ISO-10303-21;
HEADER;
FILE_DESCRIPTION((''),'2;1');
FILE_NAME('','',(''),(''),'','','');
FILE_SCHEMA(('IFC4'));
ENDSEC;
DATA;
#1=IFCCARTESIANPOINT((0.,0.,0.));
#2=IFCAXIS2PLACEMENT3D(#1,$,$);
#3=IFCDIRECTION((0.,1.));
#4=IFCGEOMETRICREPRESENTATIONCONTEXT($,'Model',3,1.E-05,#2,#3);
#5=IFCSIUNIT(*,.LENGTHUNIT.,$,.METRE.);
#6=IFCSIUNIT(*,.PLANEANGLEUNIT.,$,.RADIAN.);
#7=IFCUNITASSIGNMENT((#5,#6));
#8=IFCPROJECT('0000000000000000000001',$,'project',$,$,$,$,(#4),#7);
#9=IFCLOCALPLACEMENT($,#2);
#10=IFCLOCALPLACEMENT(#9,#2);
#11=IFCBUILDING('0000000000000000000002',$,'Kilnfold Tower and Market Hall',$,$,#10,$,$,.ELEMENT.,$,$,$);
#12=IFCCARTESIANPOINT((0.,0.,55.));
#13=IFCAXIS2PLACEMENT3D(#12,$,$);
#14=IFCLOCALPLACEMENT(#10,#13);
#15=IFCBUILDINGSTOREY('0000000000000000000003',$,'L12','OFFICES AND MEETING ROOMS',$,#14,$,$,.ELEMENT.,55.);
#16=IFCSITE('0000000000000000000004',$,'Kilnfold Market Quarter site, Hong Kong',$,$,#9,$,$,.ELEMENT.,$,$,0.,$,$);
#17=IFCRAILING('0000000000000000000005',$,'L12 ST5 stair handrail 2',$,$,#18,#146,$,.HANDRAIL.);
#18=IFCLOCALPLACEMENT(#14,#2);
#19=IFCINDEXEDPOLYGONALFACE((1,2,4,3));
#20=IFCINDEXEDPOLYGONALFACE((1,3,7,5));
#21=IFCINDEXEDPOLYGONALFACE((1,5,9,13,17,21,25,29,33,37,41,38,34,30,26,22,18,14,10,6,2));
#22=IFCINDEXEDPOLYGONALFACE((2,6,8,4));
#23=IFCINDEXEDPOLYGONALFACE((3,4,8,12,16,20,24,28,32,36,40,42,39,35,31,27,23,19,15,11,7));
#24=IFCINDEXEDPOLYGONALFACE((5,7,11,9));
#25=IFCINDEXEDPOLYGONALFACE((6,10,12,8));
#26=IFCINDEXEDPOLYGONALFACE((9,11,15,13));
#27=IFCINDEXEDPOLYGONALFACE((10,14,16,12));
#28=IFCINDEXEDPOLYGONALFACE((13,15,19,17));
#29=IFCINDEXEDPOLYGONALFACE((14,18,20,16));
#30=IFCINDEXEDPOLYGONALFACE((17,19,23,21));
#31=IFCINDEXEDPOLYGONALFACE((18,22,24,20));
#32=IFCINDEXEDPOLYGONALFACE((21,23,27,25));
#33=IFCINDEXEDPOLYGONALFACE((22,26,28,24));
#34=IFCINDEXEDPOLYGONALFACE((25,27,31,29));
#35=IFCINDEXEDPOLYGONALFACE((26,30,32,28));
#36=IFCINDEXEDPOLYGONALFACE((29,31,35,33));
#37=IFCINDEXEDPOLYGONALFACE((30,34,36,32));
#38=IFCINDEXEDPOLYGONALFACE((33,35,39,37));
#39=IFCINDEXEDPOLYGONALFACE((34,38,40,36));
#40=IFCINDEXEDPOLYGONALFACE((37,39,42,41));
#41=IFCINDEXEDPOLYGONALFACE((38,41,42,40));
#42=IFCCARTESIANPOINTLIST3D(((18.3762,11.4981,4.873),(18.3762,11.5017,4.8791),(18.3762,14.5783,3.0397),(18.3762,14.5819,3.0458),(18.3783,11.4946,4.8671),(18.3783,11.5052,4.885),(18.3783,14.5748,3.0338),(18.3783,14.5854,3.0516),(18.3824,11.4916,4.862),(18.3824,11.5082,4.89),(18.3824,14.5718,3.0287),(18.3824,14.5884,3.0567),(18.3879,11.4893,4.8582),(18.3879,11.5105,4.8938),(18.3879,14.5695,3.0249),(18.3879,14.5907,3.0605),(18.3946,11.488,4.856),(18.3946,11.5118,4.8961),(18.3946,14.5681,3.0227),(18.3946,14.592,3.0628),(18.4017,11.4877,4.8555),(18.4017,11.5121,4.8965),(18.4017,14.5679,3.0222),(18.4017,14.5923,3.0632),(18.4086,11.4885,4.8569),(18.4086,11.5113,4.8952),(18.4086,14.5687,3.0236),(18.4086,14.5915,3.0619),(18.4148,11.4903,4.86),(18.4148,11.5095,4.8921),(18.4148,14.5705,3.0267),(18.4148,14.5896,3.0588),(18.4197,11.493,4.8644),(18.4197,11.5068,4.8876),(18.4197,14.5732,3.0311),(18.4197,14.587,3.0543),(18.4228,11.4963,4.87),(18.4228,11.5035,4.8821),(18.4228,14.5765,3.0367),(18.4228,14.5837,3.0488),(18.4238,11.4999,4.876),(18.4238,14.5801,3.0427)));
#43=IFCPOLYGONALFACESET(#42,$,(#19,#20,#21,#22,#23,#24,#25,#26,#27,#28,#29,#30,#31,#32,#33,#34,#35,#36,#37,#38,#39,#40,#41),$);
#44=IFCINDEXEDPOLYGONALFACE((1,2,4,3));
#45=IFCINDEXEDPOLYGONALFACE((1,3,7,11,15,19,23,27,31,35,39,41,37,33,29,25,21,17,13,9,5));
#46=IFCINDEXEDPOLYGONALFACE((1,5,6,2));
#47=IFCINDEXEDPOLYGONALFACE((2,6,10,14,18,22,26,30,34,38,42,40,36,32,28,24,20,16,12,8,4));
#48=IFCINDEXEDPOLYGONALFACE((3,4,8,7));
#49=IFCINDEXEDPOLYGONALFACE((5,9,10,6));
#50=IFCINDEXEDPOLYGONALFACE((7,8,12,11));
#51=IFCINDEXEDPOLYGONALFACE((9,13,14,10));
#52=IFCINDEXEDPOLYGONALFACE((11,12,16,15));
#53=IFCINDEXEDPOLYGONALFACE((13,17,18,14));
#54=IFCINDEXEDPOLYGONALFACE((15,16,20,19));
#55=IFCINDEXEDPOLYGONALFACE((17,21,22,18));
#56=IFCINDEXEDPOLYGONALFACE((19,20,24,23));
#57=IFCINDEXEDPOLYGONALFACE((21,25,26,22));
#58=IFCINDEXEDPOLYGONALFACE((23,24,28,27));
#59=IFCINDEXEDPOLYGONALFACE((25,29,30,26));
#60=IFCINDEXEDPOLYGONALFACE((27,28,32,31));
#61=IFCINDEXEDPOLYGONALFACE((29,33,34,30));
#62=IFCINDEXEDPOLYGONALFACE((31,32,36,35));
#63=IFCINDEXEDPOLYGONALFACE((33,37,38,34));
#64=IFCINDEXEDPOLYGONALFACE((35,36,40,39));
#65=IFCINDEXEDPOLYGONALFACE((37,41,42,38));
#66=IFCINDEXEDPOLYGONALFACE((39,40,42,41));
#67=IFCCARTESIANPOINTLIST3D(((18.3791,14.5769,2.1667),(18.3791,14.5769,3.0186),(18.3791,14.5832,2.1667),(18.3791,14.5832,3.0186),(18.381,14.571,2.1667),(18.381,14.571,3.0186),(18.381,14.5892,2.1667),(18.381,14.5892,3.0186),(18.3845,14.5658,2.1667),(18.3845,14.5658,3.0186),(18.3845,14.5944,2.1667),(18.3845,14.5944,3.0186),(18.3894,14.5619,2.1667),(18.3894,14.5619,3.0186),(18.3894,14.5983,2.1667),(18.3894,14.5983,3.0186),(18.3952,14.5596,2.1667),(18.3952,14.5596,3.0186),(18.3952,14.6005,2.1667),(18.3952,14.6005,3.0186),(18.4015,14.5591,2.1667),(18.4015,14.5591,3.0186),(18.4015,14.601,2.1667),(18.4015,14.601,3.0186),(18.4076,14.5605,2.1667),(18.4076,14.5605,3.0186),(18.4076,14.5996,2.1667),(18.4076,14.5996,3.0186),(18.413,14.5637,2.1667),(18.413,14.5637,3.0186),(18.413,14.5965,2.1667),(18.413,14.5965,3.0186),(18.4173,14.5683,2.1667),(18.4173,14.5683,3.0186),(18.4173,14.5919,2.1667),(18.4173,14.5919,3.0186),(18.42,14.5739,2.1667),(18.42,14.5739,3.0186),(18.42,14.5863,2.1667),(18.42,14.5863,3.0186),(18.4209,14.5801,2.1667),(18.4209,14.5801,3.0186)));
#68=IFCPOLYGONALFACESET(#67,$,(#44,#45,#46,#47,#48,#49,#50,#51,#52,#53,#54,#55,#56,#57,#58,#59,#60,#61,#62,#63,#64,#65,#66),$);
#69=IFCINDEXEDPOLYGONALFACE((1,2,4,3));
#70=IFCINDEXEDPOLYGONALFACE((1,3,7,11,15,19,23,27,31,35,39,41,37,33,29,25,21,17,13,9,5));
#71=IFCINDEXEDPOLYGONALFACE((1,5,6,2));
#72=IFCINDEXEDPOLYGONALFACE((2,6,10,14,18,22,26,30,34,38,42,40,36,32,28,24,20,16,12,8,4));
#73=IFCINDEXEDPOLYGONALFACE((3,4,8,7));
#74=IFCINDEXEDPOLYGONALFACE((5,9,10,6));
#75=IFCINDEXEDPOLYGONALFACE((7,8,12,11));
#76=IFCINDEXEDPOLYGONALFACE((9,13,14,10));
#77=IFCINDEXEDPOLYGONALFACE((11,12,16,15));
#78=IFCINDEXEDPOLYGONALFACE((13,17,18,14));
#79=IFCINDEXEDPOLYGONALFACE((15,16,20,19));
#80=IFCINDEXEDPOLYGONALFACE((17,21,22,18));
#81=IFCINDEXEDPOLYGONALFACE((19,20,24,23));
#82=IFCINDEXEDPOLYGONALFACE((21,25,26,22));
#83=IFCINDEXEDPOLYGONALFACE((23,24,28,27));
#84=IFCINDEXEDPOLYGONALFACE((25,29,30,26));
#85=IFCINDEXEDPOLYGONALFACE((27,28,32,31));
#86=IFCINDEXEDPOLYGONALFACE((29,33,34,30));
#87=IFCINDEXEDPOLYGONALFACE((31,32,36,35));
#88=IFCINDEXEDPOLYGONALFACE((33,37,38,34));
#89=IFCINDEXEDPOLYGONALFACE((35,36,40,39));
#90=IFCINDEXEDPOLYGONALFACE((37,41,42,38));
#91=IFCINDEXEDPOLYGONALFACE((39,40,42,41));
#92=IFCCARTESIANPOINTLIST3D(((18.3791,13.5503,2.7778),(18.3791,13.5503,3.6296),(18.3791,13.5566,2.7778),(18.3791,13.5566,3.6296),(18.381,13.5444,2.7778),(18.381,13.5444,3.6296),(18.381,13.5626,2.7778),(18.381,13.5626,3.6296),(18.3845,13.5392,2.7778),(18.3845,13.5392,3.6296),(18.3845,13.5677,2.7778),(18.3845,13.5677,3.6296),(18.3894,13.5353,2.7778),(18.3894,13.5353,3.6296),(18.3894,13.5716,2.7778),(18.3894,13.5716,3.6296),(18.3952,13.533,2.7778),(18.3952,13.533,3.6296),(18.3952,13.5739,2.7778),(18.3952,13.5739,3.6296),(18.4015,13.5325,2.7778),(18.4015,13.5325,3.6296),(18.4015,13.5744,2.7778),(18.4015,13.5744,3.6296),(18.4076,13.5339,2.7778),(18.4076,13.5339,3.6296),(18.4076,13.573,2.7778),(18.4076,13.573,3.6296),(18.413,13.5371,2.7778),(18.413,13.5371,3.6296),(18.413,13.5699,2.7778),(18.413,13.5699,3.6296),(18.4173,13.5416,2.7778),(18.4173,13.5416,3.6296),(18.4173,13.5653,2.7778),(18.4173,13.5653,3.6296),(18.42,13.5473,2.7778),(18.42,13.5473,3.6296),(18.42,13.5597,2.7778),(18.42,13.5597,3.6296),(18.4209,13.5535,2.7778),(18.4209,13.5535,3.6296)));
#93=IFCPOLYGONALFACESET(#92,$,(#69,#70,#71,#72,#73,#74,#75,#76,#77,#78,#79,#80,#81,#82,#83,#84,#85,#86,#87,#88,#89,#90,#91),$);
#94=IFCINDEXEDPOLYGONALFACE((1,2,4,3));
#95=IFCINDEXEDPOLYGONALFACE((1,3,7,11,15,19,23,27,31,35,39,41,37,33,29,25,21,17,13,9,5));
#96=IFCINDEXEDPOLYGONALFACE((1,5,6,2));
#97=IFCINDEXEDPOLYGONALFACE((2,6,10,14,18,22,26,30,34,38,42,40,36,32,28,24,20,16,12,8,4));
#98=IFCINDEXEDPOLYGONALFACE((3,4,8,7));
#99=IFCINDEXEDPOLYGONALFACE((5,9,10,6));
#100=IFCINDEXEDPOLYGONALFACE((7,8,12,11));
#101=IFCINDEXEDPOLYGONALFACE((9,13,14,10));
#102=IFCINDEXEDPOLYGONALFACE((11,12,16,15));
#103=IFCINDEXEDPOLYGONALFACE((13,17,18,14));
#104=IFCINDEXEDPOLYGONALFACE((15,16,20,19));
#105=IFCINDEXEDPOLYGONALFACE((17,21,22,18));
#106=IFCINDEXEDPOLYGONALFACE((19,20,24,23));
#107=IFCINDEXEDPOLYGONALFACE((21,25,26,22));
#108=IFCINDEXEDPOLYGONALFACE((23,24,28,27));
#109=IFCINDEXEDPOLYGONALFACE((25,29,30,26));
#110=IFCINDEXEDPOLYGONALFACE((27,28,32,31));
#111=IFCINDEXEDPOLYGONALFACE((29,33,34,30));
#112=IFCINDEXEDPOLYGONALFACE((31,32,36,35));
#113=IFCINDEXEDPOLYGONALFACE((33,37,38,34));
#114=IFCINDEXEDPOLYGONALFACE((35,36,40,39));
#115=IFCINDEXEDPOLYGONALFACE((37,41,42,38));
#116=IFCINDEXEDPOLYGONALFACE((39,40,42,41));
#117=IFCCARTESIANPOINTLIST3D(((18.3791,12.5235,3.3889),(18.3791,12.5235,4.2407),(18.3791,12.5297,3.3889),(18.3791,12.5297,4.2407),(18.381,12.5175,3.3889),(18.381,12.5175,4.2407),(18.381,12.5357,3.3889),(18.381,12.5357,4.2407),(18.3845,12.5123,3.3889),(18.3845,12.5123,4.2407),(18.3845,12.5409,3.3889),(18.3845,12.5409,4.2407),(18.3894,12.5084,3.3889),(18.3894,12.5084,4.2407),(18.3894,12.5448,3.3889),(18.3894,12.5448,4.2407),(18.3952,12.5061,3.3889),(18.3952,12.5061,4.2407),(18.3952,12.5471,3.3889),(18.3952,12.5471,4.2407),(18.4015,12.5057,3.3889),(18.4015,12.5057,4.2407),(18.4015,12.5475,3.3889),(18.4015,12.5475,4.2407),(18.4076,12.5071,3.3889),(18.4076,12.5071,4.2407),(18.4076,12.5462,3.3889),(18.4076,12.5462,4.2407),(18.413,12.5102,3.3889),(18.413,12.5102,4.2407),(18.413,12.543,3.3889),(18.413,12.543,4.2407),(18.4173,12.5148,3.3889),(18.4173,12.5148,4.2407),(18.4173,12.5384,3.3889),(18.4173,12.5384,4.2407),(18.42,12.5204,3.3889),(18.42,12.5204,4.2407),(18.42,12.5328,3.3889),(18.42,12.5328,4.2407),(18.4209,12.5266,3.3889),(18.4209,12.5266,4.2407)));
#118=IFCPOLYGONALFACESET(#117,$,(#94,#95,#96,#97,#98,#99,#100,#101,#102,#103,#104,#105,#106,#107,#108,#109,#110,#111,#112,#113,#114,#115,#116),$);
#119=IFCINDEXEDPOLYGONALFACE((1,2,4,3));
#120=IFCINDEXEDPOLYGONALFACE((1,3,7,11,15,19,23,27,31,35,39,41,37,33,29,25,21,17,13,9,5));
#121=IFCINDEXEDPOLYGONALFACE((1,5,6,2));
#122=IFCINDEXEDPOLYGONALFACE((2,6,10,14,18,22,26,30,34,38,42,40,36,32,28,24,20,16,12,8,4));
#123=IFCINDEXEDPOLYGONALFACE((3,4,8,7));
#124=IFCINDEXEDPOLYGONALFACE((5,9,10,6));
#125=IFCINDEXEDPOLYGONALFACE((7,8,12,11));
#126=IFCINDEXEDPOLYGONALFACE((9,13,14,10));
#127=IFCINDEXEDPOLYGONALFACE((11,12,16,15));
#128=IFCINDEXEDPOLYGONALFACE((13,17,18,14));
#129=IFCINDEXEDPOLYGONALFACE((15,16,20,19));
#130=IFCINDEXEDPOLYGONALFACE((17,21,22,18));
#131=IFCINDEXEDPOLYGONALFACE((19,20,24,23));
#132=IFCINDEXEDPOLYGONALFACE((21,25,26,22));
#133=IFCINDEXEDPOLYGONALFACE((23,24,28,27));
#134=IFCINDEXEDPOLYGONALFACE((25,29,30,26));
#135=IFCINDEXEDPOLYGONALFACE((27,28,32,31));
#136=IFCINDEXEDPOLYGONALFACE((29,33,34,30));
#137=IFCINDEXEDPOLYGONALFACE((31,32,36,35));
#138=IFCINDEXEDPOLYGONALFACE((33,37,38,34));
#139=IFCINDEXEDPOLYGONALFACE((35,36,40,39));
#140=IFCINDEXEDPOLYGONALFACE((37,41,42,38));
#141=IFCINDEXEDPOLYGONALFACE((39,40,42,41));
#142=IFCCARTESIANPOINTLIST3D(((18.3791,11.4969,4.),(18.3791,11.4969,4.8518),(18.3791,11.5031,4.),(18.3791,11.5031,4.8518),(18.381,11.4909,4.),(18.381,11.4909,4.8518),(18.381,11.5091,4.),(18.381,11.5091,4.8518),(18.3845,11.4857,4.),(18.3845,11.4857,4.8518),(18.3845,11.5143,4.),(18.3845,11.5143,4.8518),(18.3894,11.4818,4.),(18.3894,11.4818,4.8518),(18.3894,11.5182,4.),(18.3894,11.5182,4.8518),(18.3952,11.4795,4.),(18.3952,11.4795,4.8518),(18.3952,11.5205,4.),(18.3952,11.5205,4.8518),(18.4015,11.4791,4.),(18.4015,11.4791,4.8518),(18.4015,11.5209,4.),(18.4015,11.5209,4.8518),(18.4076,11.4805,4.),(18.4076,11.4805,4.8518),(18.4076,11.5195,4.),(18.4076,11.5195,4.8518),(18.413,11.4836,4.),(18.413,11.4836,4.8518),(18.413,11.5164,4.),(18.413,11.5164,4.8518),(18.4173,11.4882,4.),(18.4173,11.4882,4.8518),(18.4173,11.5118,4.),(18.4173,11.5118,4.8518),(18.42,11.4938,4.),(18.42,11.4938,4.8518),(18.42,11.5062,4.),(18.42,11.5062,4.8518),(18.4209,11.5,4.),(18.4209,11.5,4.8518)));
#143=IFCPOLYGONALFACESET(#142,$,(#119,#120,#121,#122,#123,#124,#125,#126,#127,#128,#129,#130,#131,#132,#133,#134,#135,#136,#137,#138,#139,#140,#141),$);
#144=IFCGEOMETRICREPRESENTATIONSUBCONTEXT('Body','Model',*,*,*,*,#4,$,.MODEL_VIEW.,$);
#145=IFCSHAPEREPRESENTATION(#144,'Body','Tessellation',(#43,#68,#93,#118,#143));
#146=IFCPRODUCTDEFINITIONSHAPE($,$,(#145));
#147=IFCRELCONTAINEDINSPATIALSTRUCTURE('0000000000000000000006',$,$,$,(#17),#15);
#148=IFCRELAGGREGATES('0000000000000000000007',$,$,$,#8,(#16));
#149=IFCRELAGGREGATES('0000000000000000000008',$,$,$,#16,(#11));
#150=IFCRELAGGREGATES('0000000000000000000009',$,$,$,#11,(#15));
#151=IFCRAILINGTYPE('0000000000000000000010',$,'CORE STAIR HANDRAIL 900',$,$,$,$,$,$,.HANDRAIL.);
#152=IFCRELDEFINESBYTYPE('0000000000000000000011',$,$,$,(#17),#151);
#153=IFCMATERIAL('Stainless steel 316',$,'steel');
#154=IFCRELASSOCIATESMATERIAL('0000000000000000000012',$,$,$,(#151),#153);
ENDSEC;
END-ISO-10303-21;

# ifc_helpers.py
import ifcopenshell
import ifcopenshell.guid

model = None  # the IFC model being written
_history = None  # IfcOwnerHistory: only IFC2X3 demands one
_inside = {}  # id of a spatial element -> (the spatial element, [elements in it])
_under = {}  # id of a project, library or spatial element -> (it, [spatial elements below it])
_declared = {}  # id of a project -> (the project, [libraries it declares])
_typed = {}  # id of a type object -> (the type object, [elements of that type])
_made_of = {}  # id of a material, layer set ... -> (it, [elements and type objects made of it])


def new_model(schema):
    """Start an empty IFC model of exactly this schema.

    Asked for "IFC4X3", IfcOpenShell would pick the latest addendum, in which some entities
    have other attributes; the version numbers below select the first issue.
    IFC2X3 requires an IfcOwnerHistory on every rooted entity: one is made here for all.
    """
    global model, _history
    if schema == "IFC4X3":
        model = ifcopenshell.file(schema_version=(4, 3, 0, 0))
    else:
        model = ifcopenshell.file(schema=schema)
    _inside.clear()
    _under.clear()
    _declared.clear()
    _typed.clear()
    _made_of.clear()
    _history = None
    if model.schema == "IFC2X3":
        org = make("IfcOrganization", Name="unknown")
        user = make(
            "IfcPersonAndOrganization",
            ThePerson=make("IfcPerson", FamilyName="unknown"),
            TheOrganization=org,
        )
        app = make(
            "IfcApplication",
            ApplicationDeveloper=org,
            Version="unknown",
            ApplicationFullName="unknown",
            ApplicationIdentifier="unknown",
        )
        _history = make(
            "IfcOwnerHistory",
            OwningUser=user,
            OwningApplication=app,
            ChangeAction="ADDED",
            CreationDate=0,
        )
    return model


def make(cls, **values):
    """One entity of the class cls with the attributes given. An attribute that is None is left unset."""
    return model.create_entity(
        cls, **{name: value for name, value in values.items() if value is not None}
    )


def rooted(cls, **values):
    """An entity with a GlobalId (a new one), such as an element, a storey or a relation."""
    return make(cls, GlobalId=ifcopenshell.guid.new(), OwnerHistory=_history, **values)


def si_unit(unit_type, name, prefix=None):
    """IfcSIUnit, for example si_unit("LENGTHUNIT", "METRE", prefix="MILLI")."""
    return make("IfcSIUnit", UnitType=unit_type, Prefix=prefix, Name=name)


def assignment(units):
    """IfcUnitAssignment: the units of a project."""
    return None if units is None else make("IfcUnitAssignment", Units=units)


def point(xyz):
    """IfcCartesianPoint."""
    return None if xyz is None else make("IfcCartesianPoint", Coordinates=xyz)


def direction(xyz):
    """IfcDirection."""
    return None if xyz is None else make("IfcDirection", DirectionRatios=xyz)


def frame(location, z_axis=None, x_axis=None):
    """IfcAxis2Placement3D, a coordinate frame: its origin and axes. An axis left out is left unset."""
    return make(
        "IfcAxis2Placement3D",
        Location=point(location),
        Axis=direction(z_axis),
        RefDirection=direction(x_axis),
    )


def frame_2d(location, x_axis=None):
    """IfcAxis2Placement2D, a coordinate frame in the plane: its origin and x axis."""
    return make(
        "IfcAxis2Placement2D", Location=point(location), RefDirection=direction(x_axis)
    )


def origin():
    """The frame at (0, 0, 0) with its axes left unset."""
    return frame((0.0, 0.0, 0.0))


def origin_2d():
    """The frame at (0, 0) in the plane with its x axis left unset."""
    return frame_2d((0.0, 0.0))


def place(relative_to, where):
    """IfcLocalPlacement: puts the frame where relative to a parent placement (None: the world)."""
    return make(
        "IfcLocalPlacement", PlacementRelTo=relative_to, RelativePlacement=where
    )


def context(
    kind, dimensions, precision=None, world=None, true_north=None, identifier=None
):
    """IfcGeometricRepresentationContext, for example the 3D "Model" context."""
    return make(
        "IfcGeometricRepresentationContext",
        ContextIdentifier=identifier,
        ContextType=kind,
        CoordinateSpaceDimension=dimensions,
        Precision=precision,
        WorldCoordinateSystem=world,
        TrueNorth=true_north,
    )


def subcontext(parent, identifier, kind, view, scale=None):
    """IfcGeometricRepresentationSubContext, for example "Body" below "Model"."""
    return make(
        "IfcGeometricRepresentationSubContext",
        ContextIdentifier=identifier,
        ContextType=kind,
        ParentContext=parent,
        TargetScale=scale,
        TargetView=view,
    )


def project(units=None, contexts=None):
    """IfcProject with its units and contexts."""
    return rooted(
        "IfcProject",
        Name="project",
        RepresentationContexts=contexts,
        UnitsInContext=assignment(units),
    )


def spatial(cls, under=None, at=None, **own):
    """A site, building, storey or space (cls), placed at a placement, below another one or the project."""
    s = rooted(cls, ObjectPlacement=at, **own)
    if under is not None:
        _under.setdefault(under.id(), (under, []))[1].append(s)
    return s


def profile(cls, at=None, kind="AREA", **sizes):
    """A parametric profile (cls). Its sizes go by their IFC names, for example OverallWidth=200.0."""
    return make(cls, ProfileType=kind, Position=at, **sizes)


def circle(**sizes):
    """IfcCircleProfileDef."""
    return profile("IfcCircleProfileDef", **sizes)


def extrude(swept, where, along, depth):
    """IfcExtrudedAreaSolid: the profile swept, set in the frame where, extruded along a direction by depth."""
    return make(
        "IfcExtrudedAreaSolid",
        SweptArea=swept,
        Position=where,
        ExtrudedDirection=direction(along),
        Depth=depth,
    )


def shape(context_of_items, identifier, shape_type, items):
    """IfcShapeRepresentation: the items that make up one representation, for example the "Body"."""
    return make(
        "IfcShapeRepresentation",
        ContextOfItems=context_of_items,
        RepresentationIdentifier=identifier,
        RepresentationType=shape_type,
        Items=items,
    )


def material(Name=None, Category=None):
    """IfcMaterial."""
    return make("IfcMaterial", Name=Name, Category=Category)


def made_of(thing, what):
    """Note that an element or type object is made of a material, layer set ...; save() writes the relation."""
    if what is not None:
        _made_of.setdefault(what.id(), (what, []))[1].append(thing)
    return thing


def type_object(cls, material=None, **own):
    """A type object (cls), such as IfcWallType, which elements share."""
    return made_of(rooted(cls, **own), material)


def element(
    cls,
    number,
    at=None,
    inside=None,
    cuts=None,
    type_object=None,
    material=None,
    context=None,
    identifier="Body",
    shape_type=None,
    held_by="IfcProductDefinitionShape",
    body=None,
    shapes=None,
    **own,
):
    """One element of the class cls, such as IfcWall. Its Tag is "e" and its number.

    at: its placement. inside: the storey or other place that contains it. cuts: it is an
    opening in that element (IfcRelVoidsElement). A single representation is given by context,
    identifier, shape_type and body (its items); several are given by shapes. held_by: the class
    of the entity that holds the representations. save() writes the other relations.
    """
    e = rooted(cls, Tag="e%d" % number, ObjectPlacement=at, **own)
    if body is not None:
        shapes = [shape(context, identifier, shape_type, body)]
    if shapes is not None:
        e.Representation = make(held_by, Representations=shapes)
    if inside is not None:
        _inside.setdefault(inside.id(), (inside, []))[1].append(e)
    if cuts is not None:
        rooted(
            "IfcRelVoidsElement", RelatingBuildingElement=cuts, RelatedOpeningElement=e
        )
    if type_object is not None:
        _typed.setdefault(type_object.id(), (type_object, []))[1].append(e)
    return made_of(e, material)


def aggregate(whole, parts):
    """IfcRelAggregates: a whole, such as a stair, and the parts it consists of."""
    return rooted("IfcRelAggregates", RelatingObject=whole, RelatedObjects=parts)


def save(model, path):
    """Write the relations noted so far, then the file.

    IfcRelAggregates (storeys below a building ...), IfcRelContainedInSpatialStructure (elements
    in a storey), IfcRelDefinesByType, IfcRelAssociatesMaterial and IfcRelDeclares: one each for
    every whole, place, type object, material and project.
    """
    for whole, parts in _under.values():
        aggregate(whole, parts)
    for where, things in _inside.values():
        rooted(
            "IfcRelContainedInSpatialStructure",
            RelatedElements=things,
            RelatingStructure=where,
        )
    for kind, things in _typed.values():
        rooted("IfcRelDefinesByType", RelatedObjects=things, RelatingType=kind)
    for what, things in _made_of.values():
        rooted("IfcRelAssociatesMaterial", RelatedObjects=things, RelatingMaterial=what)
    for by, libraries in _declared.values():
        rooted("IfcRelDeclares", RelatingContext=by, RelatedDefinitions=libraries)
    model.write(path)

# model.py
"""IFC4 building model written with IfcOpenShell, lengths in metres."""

from ifc_helpers import new_model, si_unit, direction, frame, origin, origin_2d, place, context, subcontext, project, spatial, circle, extrude, material, type_object, element, save


model = new_model("IFC4")

# Units and contexts
model_context = context("Model", 3, precision=1e-05, world=origin(), true_north=direction((0.0, 1.0)))
body_context = subcontext(model_context, "Body", "Model", "MODEL_VIEW")
ifc_project = project(units=[si_unit("LENGTHUNIT", "METRE"), si_unit("PLANEANGLEUNIT", "RADIAN")], contexts=[model_context])

# Site, building, storey
site_placement = place(None, origin())
site = spatial("IfcSite", under=ifc_project, at=site_placement, Name="Kilnfold Market Quarter site, Hong Kong", CompositionType="ELEMENT", RefElevation=0.0)
building_placement = place(site_placement, origin())
building = spatial("IfcBuilding", under=site, at=building_placement, Name="Kilnfold Tower and Market Hall", CompositionType="ELEMENT")
storey_placement = place(building_placement, frame((0.0, 0.0, 55.0)))
storey = spatial("IfcBuildingStorey", under=building, at=storey_placement, Name="L12", Description="OFFICES AND MEETING ROOMS", CompositionType="ELEMENT", Elevation=55.0)

# Railing
ifc_material_1 = material(Name="Stainless steel 316", Category="steel")
railing_type = type_object("IfcRailingType", Name="CORE STAIR HANDRAIL 900", PredefinedType="HANDRAIL", material=ifc_material_1)
railing_1_placement = place(storey_placement, frame((18.3999, 14.5801, 2.1667)))
element("IfcRailing", 1, at=railing_1_placement, inside=storey, type_object=railing_type, Name="L12 ST5 stair handrail 2", PredefinedType="HANDRAIL", context=body_context, shape_type="SweptSolid", body=[
    extrude(circle(Radius=0.0239, at=origin_2d()), frame((0.0, 0.0, 0.876), z_axis=(0.0, -0.859309, 0.511458), x_axis=(1.0, 0.0, 0.0)), (0.0, 0.0, 1.0), 3.5845),
    extrude(circle(Radius=0.021, at=origin_2d()), origin(), (0.0, 0.0, 1.0), 0.8518),
    extrude(circle(Radius=0.021, at=origin_2d()), frame((0.0, -1.0266, 0.6111)), (0.0, 0.0, 1.0), 0.8518),
    extrude(circle(Radius=0.021, at=origin_2d()), frame((0.0, -2.0535, 1.2222)), (0.0, 0.0, 1.0), 0.8518),
    extrude(circle(Radius=0.021, at=origin_2d()), frame((0.0, -3.0801, 1.8333)), (0.0, 0.0, 1.0), 0.8518),
])

save(model, "model.ifc")
